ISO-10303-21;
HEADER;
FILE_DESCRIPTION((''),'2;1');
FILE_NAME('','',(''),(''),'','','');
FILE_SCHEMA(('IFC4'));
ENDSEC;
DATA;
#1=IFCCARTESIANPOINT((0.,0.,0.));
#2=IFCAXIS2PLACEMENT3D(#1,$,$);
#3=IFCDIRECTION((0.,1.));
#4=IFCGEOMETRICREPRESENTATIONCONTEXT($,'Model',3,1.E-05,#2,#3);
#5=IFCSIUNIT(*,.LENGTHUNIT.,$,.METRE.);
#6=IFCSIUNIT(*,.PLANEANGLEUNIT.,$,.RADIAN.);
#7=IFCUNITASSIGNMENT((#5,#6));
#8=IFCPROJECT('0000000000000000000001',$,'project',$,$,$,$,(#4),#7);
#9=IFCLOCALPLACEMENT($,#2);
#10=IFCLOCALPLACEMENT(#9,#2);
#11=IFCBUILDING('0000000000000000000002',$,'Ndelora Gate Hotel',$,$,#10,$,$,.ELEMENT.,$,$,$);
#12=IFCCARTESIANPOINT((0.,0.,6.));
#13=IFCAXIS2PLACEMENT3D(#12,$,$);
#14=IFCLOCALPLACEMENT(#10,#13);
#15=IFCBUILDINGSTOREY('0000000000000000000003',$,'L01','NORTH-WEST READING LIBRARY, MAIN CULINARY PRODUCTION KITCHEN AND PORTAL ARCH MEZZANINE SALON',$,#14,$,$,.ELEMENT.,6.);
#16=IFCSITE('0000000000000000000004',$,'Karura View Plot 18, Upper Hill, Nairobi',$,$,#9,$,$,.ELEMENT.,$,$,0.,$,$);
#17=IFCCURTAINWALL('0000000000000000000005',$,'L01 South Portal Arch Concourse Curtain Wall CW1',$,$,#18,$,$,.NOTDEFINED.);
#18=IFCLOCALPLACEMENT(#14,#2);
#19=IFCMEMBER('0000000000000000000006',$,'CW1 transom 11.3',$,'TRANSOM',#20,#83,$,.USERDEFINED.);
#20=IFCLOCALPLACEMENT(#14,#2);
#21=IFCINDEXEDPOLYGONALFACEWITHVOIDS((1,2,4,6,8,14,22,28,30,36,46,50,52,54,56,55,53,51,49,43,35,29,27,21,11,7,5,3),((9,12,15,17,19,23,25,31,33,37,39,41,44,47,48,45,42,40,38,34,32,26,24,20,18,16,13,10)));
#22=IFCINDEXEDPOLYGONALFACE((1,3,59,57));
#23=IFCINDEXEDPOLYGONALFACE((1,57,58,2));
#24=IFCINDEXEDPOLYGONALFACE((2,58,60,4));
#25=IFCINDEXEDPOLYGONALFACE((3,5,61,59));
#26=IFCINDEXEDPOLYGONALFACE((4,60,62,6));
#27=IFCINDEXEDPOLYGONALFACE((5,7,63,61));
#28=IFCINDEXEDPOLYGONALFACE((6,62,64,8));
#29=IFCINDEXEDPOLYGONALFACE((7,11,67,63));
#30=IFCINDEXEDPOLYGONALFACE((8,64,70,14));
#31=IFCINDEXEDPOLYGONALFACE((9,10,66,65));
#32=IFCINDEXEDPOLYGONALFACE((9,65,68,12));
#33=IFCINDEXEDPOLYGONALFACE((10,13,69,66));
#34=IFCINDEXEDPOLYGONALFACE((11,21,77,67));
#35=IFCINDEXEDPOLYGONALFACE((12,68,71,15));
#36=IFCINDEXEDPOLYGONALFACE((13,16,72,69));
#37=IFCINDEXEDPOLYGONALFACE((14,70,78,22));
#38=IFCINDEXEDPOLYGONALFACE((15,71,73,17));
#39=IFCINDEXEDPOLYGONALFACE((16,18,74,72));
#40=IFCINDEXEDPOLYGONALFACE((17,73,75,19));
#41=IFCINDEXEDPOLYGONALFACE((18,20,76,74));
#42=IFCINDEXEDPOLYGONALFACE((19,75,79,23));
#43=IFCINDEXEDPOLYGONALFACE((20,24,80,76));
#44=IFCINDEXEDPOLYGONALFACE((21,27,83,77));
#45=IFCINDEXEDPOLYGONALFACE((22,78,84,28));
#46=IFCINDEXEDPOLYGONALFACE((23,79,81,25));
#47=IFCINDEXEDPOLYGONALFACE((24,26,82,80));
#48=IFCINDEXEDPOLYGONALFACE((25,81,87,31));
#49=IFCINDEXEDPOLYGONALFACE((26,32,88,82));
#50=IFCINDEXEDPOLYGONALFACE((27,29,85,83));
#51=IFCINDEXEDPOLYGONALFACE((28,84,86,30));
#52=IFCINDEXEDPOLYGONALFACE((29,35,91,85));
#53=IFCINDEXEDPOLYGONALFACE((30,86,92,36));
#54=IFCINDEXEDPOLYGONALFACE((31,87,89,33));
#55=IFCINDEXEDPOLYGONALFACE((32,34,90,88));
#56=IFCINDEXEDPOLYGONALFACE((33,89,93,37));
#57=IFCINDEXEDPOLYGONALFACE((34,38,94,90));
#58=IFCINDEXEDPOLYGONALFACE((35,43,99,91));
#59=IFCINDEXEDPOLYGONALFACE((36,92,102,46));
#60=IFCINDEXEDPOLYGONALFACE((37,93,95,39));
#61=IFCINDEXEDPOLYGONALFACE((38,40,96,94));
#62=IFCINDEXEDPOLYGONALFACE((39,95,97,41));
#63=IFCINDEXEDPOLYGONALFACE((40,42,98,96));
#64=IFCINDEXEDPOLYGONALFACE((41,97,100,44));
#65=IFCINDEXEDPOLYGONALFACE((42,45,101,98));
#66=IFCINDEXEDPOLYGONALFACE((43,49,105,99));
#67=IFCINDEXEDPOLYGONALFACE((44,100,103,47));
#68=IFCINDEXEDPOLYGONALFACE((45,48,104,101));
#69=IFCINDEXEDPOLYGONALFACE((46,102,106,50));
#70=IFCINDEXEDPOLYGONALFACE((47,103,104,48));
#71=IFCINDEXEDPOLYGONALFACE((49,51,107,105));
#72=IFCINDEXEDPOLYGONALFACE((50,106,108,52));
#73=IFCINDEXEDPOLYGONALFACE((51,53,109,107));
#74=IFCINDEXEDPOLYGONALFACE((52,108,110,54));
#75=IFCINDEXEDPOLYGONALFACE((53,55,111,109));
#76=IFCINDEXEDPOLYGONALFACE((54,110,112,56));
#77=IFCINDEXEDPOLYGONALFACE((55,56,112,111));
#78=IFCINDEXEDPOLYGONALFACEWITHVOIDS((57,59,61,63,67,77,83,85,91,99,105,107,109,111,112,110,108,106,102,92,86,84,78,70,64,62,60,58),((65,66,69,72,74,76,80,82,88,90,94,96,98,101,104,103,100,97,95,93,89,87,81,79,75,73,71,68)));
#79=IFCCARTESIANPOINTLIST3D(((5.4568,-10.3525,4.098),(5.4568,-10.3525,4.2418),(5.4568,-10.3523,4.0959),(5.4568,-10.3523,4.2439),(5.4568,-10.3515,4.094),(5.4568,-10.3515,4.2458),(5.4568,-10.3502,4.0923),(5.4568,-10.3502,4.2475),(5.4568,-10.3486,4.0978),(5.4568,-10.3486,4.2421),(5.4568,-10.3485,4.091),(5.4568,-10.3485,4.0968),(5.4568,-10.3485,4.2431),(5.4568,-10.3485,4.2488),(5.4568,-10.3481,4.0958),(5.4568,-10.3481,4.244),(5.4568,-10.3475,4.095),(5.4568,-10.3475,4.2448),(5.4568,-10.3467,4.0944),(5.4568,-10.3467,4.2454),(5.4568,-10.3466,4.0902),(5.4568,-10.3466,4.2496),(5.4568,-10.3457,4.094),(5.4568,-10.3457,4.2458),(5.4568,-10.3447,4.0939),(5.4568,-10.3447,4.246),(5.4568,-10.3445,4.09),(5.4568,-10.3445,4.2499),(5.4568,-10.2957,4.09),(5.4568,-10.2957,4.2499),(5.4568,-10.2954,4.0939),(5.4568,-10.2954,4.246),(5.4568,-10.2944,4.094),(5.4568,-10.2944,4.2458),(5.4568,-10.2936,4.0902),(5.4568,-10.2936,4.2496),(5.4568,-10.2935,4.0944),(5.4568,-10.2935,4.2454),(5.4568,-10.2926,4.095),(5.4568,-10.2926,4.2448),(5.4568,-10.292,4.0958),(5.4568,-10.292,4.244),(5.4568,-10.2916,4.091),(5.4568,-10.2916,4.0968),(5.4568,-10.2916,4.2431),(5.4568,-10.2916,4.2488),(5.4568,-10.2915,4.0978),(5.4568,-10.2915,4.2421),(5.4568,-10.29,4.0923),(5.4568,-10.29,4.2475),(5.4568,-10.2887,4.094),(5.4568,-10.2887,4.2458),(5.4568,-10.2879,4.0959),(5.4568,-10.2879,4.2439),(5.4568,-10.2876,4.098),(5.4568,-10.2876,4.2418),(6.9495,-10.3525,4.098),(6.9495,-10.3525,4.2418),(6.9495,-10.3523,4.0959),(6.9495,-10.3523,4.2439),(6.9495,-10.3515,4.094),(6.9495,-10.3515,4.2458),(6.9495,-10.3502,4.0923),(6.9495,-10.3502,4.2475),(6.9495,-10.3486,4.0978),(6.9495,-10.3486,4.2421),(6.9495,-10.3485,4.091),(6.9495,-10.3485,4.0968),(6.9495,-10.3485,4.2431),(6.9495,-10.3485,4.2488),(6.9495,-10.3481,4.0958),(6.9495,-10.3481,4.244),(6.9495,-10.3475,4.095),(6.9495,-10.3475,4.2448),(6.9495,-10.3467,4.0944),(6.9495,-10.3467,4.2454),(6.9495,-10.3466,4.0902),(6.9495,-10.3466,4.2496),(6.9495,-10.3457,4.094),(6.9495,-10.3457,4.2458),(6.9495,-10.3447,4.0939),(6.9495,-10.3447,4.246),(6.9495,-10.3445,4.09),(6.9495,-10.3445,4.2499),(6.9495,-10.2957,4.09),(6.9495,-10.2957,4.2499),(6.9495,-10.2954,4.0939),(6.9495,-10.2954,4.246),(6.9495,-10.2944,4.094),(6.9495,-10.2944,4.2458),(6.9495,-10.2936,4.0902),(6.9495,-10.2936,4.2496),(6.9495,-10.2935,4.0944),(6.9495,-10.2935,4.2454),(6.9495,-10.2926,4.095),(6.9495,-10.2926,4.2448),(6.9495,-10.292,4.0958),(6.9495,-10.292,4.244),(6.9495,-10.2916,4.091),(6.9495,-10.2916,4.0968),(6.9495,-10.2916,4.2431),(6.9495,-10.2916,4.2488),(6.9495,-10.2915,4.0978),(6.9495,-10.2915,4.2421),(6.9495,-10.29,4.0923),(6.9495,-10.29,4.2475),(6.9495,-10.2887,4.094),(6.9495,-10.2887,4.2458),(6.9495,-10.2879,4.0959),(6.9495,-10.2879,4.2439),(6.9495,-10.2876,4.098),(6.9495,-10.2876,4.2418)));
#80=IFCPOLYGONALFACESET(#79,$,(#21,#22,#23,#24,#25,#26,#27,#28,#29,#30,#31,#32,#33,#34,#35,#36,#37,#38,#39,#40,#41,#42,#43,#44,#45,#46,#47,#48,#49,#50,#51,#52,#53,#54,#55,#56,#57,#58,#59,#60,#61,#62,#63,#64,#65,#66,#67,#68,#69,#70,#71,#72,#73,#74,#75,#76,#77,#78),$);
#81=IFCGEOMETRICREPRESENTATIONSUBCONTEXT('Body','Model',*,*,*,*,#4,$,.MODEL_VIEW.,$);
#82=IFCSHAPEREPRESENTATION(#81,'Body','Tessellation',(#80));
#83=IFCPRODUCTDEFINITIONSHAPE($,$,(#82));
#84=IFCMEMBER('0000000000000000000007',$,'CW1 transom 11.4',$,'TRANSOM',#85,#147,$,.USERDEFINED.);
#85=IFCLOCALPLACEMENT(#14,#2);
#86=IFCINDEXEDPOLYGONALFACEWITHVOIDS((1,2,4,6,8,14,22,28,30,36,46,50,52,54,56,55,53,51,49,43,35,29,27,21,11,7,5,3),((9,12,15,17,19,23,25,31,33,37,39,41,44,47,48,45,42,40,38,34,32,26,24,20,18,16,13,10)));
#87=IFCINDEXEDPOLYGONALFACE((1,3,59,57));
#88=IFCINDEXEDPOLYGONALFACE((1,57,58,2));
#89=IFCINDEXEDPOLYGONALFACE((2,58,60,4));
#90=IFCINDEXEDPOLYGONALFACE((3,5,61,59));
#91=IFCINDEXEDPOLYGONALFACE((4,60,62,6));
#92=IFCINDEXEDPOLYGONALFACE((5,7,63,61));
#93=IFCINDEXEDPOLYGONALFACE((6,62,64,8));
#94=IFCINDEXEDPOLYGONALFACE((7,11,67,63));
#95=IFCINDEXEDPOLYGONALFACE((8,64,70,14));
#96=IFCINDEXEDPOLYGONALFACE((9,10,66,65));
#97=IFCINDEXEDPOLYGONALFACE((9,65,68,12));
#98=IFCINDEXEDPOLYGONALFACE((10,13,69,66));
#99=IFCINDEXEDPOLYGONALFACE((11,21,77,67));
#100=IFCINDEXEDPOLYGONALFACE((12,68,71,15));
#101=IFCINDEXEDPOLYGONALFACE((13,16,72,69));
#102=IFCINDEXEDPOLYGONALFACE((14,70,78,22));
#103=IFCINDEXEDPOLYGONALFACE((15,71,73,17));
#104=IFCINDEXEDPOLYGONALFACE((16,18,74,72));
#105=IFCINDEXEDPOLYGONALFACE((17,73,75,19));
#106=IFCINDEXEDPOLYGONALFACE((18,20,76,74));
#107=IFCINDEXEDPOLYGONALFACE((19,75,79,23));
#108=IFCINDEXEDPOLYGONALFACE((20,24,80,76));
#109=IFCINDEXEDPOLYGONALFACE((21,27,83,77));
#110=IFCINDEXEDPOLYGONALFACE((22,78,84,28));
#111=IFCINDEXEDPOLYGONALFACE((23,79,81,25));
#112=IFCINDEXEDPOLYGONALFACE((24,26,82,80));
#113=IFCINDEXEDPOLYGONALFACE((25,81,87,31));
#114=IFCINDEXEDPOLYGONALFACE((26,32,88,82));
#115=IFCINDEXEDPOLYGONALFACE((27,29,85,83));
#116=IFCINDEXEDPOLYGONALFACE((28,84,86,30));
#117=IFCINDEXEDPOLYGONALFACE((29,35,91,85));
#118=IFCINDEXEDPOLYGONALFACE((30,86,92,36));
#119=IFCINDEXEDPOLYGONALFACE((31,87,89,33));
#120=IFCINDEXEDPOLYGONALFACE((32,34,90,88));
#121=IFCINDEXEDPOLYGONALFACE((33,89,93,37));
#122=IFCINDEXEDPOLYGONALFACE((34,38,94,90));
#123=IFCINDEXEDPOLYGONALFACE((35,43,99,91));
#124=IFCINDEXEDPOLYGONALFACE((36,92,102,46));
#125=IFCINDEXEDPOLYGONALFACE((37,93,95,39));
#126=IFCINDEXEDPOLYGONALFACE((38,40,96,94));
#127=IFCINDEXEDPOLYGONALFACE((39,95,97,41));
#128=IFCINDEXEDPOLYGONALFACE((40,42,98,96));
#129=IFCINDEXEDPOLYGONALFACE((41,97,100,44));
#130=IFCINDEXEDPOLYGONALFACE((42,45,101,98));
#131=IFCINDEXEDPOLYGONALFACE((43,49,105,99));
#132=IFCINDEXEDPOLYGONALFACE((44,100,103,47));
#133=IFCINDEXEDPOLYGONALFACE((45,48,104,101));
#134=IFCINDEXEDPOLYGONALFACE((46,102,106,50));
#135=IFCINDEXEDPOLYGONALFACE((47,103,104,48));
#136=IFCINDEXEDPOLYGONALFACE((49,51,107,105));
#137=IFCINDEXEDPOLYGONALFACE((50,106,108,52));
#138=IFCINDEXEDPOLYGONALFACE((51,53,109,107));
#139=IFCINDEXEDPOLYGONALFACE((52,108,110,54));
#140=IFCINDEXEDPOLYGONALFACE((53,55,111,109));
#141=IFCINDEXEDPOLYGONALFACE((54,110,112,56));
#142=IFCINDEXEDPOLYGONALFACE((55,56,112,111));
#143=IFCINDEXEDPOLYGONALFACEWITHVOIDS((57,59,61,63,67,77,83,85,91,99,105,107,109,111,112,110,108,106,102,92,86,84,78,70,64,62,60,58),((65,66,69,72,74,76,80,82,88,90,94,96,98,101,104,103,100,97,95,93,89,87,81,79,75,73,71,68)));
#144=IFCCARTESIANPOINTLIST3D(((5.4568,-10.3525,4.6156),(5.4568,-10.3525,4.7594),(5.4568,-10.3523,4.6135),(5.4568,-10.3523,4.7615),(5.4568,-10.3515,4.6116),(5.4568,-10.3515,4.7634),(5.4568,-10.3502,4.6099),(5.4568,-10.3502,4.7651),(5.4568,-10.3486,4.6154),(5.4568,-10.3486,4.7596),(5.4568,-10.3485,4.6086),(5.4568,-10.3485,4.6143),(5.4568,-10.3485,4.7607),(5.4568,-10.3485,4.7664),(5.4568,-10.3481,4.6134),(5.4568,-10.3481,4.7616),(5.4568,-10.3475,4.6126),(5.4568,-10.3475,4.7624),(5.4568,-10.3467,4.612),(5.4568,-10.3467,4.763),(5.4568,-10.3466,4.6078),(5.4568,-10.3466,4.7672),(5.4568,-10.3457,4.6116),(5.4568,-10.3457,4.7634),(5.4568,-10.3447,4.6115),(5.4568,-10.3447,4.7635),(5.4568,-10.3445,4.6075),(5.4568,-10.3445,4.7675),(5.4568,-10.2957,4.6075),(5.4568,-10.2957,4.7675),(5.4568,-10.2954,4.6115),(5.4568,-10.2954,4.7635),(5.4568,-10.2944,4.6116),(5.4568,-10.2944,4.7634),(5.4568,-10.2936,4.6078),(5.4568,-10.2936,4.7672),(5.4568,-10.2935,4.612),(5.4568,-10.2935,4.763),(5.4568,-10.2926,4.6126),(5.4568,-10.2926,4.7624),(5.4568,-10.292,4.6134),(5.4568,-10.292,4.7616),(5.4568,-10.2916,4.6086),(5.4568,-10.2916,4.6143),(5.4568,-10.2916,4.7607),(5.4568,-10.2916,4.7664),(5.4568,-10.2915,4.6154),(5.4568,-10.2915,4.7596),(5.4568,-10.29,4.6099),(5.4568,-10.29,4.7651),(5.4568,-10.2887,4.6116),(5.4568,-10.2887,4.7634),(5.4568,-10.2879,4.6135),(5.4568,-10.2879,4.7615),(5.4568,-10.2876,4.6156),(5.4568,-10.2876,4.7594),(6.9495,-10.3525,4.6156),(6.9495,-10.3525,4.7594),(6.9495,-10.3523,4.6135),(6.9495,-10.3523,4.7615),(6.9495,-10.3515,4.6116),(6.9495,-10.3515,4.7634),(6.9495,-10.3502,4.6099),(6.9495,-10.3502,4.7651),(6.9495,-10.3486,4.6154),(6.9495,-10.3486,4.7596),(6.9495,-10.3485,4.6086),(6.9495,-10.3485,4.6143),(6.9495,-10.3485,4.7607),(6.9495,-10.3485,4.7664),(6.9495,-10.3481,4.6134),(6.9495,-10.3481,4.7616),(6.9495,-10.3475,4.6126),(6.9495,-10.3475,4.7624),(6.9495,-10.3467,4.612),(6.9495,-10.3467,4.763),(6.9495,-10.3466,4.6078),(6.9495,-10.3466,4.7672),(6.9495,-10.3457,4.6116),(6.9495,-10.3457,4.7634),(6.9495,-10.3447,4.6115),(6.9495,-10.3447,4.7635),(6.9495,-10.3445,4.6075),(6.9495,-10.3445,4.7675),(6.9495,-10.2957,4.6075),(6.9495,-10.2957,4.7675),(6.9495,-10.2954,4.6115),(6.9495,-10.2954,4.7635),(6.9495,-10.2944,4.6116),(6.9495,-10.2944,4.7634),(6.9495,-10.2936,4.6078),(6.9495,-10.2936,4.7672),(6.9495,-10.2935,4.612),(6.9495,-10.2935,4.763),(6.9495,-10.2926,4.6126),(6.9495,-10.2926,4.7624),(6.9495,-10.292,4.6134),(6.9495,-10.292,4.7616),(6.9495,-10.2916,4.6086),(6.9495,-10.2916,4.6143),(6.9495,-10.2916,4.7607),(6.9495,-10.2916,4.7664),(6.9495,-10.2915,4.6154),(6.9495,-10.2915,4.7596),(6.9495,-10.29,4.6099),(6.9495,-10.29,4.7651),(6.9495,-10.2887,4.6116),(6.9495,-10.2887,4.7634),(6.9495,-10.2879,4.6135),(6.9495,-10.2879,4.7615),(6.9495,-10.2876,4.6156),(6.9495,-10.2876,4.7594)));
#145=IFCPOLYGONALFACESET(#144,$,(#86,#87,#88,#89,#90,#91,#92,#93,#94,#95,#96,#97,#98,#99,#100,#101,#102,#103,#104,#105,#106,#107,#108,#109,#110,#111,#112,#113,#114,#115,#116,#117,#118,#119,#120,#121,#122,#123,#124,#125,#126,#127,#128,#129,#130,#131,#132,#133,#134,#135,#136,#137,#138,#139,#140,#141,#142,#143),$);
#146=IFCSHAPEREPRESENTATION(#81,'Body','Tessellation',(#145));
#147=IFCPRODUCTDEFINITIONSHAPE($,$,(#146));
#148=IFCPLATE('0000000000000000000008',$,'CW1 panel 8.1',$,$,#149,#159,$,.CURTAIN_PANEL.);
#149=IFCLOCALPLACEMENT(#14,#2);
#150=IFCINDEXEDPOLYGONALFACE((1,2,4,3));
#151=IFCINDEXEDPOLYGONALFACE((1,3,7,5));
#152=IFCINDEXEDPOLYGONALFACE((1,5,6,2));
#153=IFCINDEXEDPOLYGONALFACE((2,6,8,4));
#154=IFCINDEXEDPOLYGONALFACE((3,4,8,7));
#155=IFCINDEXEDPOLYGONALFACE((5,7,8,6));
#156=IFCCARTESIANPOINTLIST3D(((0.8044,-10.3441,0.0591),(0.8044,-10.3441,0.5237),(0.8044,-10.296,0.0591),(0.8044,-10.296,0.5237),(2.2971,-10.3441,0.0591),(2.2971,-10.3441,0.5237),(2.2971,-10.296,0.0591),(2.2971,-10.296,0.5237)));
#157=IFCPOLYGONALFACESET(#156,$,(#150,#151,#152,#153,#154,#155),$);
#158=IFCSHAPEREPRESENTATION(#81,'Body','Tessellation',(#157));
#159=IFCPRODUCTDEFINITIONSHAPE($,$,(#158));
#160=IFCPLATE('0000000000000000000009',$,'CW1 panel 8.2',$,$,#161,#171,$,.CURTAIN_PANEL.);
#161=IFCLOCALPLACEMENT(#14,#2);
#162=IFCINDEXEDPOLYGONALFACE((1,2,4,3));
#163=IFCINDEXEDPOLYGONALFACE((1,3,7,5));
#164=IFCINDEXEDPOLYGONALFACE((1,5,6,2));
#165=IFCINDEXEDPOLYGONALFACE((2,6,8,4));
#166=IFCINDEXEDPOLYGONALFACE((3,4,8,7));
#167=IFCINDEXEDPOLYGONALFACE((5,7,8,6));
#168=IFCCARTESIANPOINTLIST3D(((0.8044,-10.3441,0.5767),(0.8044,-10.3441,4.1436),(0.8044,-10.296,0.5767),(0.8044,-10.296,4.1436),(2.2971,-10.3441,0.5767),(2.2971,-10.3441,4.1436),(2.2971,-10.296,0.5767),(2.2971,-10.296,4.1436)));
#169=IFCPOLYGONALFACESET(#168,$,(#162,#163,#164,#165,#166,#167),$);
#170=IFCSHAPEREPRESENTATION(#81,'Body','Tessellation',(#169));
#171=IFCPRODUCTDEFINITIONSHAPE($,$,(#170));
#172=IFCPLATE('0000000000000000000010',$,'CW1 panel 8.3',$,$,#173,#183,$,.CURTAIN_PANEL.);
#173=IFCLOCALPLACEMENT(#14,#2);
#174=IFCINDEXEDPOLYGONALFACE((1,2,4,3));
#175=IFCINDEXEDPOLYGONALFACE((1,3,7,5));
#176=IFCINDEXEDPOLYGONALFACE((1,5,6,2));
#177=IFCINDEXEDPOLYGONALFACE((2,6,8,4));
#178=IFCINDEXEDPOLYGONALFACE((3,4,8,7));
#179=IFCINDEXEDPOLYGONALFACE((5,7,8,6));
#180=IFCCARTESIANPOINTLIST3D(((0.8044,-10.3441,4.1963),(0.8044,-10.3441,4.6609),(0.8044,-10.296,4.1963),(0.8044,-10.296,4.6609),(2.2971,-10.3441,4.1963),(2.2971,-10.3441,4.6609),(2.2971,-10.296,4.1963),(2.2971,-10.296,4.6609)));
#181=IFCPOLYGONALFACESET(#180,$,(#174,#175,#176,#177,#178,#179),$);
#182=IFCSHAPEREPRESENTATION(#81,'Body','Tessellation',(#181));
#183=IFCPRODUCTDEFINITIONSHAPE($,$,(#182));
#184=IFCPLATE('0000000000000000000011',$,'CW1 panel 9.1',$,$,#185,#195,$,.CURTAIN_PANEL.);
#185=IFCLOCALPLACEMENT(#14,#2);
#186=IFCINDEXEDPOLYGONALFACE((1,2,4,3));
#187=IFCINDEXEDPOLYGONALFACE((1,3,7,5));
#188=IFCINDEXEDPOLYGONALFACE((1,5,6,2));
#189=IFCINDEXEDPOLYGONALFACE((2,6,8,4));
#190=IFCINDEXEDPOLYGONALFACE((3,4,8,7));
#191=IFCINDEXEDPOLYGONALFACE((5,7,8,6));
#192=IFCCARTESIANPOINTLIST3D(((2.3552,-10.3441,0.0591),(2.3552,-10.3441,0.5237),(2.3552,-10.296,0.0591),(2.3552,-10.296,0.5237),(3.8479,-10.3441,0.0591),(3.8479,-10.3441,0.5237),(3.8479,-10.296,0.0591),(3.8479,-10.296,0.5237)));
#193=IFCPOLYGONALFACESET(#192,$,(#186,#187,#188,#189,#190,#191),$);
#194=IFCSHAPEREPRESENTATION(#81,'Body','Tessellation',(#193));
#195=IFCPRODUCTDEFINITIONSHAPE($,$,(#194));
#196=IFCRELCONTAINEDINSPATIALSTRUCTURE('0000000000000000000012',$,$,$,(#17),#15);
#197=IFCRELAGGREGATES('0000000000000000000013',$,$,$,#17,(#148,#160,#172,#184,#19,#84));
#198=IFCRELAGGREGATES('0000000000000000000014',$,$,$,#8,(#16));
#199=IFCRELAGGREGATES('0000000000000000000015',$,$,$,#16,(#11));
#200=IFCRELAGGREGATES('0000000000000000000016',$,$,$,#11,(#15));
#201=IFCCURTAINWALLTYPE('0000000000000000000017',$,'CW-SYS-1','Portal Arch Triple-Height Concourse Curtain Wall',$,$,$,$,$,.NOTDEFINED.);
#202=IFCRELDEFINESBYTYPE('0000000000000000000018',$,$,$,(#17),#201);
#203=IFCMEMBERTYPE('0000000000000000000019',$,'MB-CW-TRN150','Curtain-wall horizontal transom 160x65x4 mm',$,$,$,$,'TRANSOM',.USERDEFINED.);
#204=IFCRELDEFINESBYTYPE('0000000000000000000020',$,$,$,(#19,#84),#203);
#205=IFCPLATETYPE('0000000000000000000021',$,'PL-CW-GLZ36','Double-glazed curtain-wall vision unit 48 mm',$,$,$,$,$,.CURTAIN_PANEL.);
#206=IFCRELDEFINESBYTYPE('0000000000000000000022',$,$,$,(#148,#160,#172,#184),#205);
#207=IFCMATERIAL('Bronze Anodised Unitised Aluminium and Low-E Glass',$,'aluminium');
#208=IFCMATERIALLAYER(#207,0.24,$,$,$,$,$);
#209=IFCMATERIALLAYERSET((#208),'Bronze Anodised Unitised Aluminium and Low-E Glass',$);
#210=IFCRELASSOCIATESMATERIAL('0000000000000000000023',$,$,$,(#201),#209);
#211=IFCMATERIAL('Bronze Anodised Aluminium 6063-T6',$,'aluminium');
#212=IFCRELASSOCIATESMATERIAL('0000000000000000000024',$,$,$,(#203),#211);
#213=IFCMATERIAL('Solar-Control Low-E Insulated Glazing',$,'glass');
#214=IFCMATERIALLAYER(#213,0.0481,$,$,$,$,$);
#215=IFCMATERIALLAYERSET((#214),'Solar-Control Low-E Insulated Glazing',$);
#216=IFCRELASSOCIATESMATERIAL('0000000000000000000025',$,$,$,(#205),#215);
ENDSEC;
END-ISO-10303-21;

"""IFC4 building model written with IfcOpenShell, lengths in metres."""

from ifc_helpers import new_model, si_unit, direction, frame, origin, origin_2d, place, context, subcontext, project, spatial, rectangle, hollow_rectangle, extrude, material, layer, layer_set, material_profile, profile_set, type_object, element, aggregate, save


model = new_model("IFC4")

# Units and contexts
model_context = context("Model", 3, precision=1e-05, world=origin(), true_north=direction((0.0, 1.0)))
body_context = subcontext(model_context, "Body", "Model", "MODEL_VIEW")
ifc_project = project(units=[si_unit("LENGTHUNIT", "METRE"), si_unit("PLANEANGLEUNIT", "RADIAN")], contexts=[model_context])

# Site, building, storey
site_placement = place(None, origin())
site = spatial("IfcSite", under=ifc_project, at=site_placement, Name="Karura View Plot 18, Upper Hill, Nairobi", CompositionType="ELEMENT", RefElevation=0.0)
building_placement = place(site_placement, origin())
building = spatial("IfcBuilding", under=site, at=building_placement, Name="Ndelora Gate Hotel", CompositionType="ELEMENT")
storey_placement = place(building_placement, frame((0.0, 0.0, 6.0)))
storey = spatial("IfcBuildingStorey", under=building, at=storey_placement, Name="L01", Description="NORTH-WEST READING LIBRARY, MAIN CULINARY PRODUCTION KITCHEN AND PORTAL ARCH MEZZANINE SALON", CompositionType="ELEMENT", Elevation=6.0)

# Curtain wall, members, plates
ifc_material_1 = material(Name="Bronze Anodised Unitised Aluminium and Low-E Glass", Category="aluminium")
ifc_layer_1 = layer(ifc_material_1, 0.24)
ifc_layer_set_1 = layer_set([ifc_layer_1], Name="Bronze Anodised Unitised Aluminium and Low-E Glass")
curtain_wall_type = type_object("IfcCurtainWallType", Name="CW-SYS-1", Description="Portal Arch Triple-Height Concourse Curtain Wall", PredefinedType="NOTDEFINED", material=ifc_layer_set_1)
curtain_wall_placement = place(storey_placement, origin())
curtain_wall = element("IfcCurtainWall", 1, at=curtain_wall_placement, inside=storey, type_object=curtain_wall_type, Name="L01 South Portal Arch Concourse Curtain Wall CW1", PredefinedType="NOTDEFINED")
ifc_material_2 = material(Name="Bronze Anodised Aluminium 6063-T6", Category="aluminium")
ifc_material_profile_1 = material_profile(ifc_material_2, hollow_rectangle(XDim=0.0649, YDim=0.1599, WallThickness=0.0039, InnerFilletRadius=0.0039, OuterFilletRadius=0.0081, at=origin_2d()), Name="ALU 160x65x4")
ifc_profile_set_1 = profile_set([ifc_material_profile_1], Name="Bronze Anodised Aluminium 6063-T6")
member_type_1 = type_object("IfcMemberType", Name="MB-CW-TRN150", Description="Curtain-wall horizontal transom 160x65x4 mm", ElementType="TRANSOM", PredefinedType="USERDEFINED", material=ifc_profile_set_1)
member_1_placement = place(storey_placement, frame((5.4568, -10.3201, 4.1699), z_axis=(1.0, 0.0, 0.0), x_axis=(0.0, 1.0, 0.0)))
member_1 = element("IfcMember", 2, at=member_1_placement, type_object=member_type_1, Name="CW1 transom 11.3", ObjectType="TRANSOM", PredefinedType="USERDEFINED", context=body_context, shape_type="SweptSolid", body=[
    extrude(hollow_rectangle(XDim=0.0649, YDim=0.1599, WallThickness=0.0039, InnerFilletRadius=0.0039, OuterFilletRadius=0.0081, at=origin_2d()), origin(), (0.0, 0.0, 1.0), 1.4927),
])
member_2_placement = place(storey_placement, frame((5.4568, -10.3201, 4.6875), z_axis=(1.0, 0.0, 0.0), x_axis=(0.0, 1.0, 0.0)))
member_2 = element("IfcMember", 3, at=member_2_placement, type_object=member_type_1, Name="CW1 transom 11.4", ObjectType="TRANSOM", PredefinedType="USERDEFINED", context=body_context, shape_type="SweptSolid", body=[
    extrude(hollow_rectangle(XDim=0.0649, YDim=0.1599, WallThickness=0.0039, InnerFilletRadius=0.0039, OuterFilletRadius=0.0081, at=origin_2d()), origin(), (0.0, 0.0, 1.0), 1.4927),
])
ifc_material_3 = material(Name="Solar-Control Low-E Insulated Glazing", Category="glass")
ifc_layer_2 = layer(ifc_material_3, 0.0481)
ifc_layer_set_2 = layer_set([ifc_layer_2], Name="Solar-Control Low-E Insulated Glazing")
plate_type_1 = type_object("IfcPlateType", Name="PL-CW-GLZ36", Description="Double-glazed curtain-wall vision unit 48 mm", PredefinedType="CURTAIN_PANEL", material=ifc_layer_set_2)
plate_1_placement = place(storey_placement, frame((1.5508, -10.3201, 0.0591), z_axis=(0.0, 0.0, 1.0), x_axis=(1.0, 0.0, 0.0)))
plate_1 = element("IfcPlate", 4, at=plate_1_placement, type_object=plate_type_1, Name="CW1 panel 8.1", PredefinedType="CURTAIN_PANEL", context=body_context, shape_type="SweptSolid", body=[
    extrude(rectangle(XDim=1.4927, YDim=0.0481, at=origin_2d()), origin(), (0.0, 0.0, 1.0), 0.4646),
])
plate_2_placement = place(storey_placement, frame((1.5508, -10.3201, 0.5767), z_axis=(0.0, 0.0, 1.0), x_axis=(1.0, 0.0, 0.0)))
plate_2 = element("IfcPlate", 5, at=plate_2_placement, type_object=plate_type_1, Name="CW1 panel 8.2", PredefinedType="CURTAIN_PANEL", context=body_context, shape_type="SweptSolid", body=[
    extrude(rectangle(XDim=1.4927, YDim=0.0481, at=origin_2d()), origin(), (0.0, 0.0, 1.0), 3.5669),
])
plate_3_placement = place(storey_placement, frame((1.5508, -10.3201, 4.1963), z_axis=(0.0, 0.0, 1.0), x_axis=(1.0, 0.0, 0.0)))
plate_3 = element("IfcPlate", 6, at=plate_3_placement, type_object=plate_type_1, Name="CW1 panel 8.3", PredefinedType="CURTAIN_PANEL", context=body_context, shape_type="SweptSolid", body=[
    extrude(rectangle(XDim=1.4927, YDim=0.0481, at=origin_2d()), origin(), (0.0, 0.0, 1.0), 0.4646),
])
plate_4_placement = place(storey_placement, frame((3.1016, -10.3201, 0.0591), z_axis=(0.0, 0.0, 1.0), x_axis=(1.0, 0.0, 0.0)))
plate_4 = element("IfcPlate", 7, at=plate_4_placement, type_object=plate_type_1, Name="CW1 panel 9.1", PredefinedType="CURTAIN_PANEL", context=body_context, shape_type="SweptSolid", body=[
    extrude(rectangle(XDim=1.4927, YDim=0.0481, at=origin_2d()), origin(), (0.0, 0.0, 1.0), 0.4646),
])
aggregate(curtain_wall, [plate_1, plate_2, plate_3, plate_4, member_1, member_2])

save(model, "model.ifc")
